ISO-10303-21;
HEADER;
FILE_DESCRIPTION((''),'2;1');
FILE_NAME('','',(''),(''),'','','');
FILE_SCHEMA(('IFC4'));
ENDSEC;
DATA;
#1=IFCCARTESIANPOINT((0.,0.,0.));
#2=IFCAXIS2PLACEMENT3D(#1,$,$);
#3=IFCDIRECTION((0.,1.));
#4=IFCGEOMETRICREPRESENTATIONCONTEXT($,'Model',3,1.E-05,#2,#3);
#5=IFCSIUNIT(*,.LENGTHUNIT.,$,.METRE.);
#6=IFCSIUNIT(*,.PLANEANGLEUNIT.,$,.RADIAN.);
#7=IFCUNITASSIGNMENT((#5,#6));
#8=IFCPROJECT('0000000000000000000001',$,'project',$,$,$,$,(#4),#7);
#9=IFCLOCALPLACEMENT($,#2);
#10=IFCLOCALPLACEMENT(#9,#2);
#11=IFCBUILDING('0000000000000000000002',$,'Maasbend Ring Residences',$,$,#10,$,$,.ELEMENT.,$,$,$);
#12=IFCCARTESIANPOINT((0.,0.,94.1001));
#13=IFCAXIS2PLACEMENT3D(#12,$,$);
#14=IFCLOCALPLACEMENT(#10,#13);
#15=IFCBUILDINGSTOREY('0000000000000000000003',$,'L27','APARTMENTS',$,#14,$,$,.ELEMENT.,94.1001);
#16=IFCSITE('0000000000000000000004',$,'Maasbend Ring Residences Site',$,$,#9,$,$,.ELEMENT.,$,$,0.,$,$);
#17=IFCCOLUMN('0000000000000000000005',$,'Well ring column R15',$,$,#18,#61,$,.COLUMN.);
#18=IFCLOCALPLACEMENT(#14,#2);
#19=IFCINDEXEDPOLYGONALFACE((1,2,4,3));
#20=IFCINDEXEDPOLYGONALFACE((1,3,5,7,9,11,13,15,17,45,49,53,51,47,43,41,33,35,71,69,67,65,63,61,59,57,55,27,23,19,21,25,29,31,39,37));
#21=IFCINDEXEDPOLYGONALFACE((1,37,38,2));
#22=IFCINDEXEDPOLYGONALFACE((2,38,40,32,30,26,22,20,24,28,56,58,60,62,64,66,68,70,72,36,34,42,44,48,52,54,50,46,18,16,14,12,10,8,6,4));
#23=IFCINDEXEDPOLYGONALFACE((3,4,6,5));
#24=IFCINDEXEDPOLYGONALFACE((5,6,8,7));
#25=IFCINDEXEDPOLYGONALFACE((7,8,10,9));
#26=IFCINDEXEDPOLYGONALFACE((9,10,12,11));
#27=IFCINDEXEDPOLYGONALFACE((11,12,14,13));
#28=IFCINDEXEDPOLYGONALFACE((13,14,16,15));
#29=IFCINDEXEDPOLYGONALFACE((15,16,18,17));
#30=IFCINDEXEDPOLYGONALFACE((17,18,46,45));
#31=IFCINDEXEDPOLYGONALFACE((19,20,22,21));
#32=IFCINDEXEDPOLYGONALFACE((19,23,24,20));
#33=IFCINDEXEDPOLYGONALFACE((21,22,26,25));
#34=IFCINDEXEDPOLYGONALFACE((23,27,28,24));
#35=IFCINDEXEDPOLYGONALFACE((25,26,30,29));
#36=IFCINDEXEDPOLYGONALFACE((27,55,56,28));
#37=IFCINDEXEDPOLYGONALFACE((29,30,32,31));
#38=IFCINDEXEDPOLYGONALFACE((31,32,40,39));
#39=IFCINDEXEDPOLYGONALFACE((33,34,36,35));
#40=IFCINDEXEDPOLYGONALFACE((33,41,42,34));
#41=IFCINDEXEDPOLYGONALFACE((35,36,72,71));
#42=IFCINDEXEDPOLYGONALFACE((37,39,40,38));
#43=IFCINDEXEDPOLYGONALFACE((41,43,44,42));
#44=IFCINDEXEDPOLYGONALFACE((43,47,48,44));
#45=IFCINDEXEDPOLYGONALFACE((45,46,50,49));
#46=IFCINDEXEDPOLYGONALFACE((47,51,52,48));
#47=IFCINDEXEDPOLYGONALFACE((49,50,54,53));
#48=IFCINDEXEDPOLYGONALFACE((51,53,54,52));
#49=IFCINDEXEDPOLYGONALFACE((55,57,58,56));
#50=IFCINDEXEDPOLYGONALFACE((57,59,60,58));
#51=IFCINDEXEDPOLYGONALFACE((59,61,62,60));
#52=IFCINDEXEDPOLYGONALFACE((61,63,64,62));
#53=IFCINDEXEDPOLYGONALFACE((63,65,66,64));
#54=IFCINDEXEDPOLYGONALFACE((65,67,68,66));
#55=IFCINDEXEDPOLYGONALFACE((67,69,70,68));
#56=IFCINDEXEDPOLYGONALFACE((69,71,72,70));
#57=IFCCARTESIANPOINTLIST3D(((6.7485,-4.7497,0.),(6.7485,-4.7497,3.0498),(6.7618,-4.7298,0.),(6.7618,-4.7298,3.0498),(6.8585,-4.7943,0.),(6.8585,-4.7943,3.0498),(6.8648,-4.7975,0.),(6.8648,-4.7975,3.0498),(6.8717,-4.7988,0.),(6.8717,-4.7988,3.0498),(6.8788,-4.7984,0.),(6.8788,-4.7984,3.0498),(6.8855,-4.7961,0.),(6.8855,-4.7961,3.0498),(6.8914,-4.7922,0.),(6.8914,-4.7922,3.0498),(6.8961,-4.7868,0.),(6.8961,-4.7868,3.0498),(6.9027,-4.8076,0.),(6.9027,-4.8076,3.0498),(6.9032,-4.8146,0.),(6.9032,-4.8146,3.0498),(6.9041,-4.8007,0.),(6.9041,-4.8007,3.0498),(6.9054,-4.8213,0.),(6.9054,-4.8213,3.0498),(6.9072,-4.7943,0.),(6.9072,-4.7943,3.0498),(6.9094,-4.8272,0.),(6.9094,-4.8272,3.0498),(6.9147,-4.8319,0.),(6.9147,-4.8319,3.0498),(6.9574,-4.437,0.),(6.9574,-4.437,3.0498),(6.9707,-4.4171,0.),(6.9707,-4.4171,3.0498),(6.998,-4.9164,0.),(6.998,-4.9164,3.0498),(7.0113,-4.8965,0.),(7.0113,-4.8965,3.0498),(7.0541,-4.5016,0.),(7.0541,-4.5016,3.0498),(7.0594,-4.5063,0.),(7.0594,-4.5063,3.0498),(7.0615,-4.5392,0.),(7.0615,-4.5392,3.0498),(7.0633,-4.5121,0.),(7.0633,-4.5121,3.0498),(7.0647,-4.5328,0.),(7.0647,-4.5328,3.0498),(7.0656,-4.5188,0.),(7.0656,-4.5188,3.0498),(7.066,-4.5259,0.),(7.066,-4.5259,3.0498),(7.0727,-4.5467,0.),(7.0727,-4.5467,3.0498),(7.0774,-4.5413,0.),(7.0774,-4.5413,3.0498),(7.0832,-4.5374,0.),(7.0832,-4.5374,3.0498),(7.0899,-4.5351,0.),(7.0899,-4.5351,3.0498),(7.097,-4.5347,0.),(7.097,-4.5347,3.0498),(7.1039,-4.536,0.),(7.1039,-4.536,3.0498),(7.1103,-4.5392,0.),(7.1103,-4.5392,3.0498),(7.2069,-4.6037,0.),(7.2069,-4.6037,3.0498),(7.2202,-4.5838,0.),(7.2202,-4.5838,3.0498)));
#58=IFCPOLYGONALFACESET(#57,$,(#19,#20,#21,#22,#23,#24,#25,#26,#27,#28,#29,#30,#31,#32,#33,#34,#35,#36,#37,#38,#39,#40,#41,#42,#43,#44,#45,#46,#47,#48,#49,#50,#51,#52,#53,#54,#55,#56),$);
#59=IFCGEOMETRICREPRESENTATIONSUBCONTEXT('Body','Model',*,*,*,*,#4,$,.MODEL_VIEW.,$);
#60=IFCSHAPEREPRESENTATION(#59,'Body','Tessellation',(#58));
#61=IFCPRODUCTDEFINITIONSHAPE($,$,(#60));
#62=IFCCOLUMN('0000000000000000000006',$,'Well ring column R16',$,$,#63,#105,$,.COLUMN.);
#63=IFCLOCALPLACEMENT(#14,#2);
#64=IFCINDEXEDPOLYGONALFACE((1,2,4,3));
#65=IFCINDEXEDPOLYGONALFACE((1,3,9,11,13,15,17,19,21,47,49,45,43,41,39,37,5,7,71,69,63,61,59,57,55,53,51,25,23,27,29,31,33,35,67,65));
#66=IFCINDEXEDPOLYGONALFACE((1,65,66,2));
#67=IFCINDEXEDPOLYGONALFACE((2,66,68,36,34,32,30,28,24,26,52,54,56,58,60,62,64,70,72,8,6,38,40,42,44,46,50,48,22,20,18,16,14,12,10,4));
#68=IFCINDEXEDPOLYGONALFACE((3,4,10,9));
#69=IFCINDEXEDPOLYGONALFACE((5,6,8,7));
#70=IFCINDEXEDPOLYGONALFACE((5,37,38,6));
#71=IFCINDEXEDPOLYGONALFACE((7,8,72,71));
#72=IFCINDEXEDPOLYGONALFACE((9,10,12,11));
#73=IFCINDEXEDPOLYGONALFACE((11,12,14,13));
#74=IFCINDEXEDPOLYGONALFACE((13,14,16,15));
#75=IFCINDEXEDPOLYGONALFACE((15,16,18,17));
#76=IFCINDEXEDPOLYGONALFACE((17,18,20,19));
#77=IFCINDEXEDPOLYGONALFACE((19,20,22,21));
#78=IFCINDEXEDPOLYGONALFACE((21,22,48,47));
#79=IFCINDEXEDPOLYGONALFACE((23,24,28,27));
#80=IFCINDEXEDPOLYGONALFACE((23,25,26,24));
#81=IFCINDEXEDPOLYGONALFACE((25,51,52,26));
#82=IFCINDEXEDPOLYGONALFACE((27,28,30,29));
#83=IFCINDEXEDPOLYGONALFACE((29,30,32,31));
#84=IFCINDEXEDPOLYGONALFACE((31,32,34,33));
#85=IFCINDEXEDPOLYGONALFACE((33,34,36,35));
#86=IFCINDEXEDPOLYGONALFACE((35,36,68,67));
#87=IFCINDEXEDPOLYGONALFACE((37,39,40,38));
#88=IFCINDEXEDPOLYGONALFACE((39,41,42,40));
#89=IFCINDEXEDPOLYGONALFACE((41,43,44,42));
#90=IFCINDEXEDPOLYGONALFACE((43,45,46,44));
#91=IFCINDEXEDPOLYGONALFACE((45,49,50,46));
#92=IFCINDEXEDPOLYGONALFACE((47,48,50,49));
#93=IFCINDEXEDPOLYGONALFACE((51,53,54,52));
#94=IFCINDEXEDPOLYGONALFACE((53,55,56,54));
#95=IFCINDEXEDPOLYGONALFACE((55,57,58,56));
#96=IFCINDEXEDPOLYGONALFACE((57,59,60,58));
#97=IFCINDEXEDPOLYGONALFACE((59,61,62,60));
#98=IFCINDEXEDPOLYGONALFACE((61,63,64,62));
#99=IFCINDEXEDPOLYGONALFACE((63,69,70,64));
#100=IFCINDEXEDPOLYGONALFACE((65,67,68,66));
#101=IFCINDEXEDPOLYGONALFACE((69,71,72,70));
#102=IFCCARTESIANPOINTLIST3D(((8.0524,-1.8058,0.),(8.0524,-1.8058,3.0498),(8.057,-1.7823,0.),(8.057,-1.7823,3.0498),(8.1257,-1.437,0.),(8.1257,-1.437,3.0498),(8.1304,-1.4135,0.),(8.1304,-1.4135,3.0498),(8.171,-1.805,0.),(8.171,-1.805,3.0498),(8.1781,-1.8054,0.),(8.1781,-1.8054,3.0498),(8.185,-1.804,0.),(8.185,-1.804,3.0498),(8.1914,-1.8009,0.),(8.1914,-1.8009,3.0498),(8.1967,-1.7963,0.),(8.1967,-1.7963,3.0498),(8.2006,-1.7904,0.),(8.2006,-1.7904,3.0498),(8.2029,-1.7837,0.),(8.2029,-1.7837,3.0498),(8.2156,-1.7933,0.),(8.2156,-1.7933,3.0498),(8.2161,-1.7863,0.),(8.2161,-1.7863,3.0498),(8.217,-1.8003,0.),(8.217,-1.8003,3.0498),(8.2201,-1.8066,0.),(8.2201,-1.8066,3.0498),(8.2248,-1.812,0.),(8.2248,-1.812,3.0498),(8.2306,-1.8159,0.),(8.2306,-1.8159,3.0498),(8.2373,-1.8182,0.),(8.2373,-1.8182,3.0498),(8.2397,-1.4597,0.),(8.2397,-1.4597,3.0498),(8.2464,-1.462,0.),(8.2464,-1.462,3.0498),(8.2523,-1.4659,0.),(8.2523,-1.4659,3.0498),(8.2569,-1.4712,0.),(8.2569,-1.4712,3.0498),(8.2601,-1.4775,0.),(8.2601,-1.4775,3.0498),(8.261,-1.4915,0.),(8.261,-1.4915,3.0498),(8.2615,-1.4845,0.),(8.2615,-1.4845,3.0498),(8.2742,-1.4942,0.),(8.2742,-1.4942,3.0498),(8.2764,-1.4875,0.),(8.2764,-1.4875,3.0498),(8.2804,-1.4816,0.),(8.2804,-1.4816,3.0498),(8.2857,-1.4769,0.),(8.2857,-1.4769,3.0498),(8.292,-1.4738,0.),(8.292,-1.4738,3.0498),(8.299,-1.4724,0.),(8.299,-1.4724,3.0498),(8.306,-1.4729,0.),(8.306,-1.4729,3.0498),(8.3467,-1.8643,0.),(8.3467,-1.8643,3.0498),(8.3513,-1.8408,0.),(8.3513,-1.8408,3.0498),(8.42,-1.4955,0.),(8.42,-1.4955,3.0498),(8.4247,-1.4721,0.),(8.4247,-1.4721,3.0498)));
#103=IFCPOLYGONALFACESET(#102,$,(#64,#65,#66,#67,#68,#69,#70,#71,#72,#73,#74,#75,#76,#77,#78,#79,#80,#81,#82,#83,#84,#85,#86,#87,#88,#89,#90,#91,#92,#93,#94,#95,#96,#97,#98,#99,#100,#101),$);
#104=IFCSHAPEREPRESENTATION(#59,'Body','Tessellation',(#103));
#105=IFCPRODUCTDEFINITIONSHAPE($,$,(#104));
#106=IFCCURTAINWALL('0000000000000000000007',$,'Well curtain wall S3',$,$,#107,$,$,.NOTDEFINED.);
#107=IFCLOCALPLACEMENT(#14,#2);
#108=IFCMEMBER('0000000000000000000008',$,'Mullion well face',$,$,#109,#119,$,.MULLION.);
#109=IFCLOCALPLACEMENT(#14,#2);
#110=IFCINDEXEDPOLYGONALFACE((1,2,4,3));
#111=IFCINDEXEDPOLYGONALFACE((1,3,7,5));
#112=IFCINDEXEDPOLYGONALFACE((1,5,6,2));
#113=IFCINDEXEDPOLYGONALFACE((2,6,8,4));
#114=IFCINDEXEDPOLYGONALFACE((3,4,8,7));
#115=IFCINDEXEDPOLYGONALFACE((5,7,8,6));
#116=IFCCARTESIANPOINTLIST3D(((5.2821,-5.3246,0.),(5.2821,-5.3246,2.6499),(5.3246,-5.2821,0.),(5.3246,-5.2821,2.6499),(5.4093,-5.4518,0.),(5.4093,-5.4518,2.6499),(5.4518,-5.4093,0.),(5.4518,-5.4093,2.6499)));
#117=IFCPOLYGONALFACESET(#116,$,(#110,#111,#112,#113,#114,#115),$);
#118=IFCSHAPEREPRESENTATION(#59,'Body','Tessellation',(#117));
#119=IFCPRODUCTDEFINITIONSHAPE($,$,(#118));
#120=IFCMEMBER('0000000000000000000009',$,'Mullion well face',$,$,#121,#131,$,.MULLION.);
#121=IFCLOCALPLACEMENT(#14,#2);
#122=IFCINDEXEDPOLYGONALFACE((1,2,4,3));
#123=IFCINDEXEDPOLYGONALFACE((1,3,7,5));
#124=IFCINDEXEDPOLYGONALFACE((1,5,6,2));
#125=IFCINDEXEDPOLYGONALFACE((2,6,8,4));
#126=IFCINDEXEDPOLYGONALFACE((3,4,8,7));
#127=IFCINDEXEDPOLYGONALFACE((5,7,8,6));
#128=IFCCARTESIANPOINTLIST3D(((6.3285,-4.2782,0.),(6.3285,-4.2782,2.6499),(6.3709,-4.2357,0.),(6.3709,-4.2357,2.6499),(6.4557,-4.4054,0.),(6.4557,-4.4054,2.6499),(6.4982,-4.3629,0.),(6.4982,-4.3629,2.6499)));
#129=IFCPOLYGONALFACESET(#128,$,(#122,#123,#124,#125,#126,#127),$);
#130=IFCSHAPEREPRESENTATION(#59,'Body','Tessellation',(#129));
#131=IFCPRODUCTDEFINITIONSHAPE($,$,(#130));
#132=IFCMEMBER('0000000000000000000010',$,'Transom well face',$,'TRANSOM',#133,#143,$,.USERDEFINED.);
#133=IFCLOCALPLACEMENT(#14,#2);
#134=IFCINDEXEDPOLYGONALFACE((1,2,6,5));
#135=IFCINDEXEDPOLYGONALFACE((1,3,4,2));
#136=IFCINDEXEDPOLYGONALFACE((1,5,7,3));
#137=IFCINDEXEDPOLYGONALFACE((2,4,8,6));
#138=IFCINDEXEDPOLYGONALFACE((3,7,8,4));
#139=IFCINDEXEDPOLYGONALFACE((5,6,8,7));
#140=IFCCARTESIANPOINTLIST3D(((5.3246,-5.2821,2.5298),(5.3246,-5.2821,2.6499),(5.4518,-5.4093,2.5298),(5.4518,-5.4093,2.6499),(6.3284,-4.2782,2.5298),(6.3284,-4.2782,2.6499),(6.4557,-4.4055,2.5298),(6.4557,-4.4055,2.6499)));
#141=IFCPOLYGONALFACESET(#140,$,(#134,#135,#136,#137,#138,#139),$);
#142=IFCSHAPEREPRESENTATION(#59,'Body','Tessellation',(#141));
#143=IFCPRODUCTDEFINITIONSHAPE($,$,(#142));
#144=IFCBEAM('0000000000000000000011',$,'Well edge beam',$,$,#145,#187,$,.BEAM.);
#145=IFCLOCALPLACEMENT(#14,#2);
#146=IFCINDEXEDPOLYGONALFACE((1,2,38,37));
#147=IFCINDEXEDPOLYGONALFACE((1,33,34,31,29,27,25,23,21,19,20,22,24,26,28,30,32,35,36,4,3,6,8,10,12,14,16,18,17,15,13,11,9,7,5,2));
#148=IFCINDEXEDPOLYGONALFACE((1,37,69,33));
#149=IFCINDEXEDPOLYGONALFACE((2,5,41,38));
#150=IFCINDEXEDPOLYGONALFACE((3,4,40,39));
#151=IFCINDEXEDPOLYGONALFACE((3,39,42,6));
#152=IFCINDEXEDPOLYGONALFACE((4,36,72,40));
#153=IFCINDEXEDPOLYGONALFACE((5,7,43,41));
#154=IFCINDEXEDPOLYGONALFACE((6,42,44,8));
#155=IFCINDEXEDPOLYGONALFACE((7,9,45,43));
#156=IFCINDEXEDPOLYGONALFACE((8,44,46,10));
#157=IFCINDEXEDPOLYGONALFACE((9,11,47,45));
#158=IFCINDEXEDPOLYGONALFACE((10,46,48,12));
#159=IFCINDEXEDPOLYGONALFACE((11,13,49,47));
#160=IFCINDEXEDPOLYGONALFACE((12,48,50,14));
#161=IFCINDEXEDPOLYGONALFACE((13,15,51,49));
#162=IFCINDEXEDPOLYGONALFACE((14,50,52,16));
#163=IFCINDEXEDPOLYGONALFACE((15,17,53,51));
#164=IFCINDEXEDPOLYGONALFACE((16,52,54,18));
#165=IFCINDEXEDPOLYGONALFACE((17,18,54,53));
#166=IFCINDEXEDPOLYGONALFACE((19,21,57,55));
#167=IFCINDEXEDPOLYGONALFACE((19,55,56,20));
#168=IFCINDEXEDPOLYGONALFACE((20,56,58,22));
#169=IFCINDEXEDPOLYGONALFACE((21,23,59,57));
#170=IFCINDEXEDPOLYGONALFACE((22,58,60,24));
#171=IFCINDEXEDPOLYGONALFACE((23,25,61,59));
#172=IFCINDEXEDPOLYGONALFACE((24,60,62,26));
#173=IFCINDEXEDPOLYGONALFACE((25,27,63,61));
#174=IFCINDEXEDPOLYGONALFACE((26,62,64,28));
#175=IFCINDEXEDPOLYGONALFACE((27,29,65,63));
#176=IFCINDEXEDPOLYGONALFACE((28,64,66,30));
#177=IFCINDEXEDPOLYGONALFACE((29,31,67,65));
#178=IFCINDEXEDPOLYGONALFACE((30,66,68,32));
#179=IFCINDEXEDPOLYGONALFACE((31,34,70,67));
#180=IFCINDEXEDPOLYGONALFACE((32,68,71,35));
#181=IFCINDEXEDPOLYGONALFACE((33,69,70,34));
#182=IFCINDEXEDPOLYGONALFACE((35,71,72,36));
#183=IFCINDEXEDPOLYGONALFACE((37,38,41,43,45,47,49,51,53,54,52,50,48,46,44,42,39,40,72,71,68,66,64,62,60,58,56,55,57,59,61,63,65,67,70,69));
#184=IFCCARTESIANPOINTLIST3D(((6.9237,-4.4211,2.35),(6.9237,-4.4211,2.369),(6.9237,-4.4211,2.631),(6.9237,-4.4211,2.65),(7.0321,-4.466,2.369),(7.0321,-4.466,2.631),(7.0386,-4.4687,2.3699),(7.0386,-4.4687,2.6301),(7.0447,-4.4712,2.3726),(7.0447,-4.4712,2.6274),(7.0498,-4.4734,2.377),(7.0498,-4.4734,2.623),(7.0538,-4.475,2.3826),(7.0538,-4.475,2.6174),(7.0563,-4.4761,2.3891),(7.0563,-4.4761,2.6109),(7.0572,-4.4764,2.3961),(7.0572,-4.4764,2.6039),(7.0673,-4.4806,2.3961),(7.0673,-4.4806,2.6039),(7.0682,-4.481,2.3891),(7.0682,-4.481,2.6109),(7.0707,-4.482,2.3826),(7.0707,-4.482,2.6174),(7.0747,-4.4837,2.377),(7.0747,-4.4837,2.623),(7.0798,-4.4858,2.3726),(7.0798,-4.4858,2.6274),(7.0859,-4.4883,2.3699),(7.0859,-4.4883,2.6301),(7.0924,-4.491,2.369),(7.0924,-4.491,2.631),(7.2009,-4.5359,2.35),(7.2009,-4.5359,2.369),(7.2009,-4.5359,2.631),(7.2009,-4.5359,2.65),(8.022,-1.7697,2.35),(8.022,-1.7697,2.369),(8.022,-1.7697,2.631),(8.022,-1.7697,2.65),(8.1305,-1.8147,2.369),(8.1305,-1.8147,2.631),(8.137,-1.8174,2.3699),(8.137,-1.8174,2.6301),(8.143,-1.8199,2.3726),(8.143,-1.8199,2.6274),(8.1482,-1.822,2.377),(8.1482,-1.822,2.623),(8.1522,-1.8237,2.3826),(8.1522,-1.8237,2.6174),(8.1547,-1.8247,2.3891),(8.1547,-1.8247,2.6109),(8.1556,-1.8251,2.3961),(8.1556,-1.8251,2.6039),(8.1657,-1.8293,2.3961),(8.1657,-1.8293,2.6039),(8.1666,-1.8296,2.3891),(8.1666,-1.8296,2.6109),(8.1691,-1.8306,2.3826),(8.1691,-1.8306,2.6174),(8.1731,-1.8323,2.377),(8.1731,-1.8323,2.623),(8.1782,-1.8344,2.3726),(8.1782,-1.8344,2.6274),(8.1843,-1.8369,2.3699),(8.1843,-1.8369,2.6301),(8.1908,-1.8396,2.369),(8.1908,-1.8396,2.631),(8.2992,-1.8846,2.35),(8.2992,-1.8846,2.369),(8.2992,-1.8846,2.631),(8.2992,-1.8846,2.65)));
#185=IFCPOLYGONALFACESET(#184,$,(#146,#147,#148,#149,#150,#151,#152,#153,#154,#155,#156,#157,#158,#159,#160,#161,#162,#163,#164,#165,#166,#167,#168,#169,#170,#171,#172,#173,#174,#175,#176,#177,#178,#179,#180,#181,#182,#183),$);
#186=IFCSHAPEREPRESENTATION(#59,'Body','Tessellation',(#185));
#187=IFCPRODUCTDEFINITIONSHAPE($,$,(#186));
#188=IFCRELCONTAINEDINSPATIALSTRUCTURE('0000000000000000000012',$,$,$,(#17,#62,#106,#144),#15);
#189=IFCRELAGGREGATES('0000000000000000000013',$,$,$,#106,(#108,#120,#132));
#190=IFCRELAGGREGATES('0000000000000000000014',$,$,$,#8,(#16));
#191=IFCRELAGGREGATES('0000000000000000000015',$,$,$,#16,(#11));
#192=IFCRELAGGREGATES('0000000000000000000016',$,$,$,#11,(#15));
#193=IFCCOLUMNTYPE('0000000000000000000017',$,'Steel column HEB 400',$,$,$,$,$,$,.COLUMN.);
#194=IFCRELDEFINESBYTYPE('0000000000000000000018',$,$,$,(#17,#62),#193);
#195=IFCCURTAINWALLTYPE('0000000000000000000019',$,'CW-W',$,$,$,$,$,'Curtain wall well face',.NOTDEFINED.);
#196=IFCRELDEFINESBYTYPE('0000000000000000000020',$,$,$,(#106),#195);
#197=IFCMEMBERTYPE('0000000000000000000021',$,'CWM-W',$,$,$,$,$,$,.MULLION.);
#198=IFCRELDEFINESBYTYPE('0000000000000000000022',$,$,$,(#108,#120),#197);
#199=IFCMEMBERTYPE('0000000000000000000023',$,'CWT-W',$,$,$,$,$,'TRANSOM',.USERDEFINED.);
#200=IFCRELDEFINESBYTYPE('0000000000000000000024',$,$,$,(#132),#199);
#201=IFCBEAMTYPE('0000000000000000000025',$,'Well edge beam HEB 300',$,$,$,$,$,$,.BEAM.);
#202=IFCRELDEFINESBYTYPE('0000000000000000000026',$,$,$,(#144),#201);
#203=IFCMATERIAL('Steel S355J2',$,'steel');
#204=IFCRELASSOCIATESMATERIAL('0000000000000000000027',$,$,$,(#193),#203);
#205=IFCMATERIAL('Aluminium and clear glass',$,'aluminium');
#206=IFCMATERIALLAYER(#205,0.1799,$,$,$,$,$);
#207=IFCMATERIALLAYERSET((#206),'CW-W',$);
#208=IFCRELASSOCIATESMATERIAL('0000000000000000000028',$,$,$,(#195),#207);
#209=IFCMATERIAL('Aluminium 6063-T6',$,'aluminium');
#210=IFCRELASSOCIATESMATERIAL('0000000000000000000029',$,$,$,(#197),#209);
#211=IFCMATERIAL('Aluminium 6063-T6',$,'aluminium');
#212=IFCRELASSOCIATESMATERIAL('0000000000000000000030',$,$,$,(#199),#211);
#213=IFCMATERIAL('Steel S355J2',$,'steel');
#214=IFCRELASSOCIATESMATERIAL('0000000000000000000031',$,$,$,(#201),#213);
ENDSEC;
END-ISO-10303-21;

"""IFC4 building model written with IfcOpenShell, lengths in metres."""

from ifc_helpers import new_model, si_unit, direction, frame, origin, origin_2d, place, context, subcontext, project, spatial, rectangle, i_section, extrude, material, layer, layer_set, material_profile, profile_set, type_object, element, aggregate, save


model = new_model("IFC4")

# Units and contexts
model_context = context("Model", 3, precision=1e-05, world=origin(), true_north=direction((0.0, 1.0)))
body_context = subcontext(model_context, "Body", "Model", "MODEL_VIEW")
ifc_project = project(units=[si_unit("LENGTHUNIT", "METRE"), si_unit("PLANEANGLEUNIT", "RADIAN")], contexts=[model_context])

# Site, building, storey
site_placement = place(None, origin())
site = spatial("IfcSite", under=ifc_project, at=site_placement, Name="Maasbend Ring Residences Site", CompositionType="ELEMENT", RefElevation=0.0)
building_placement = place(site_placement, origin())
building = spatial("IfcBuilding", under=site, at=building_placement, Name="Maasbend Ring Residences", CompositionType="ELEMENT")
storey_placement = place(building_placement, frame((0.0, 0.0, 94.1001)))
storey = spatial("IfcBuildingStorey", under=building, at=storey_placement, Name="L27", Description="APARTMENTS", CompositionType="ELEMENT", Elevation=94.1001)

# Columns
ifc_material_1 = material(Name="Steel S355J2", Category="steel")
ifc_material_profile_1 = material_profile(ifc_material_1, i_section(OverallWidth=0.3, OverallDepth=0.3999, WebThickness=0.0134, FlangeThickness=0.0239, FilletRadius=0.0271, at=origin_2d()), Name="HEB 400")
ifc_profile_set_1 = profile_set([ifc_material_profile_1], Name="Steel S355J2")
column_type = type_object("IfcColumnType", Name="Steel column HEB 400", PredefinedType="COLUMN", material=ifc_profile_set_1)
for number, where, z_axis, x_axis, name in (
    (1, (6.9844, -4.6667, 0.0), (0.0, 0.0, 1.0), (0.83147, -0.55557, 0.0), "Well ring column R15"),
    (2, (8.2385, -1.6389, 0.0), (0.0, 0.0, 1.0), (0.980785, -0.19509, 0.0), "Well ring column R16"),
):
    element("IfcColumn", number, at=place(storey_placement, frame(where, z_axis=z_axis, x_axis=x_axis)), inside=storey, type_object=column_type, Name=name, PredefinedType="COLUMN", context=body_context, shape_type="SweptSolid", body=[
        extrude(i_section(OverallWidth=0.3, OverallDepth=0.3999, WebThickness=0.0134, FlangeThickness=0.0239, FilletRadius=0.0271, at=origin_2d()), origin(), (0.0, 0.0, 1.0), 3.0498),
    ])

# Curtain wall, members
ifc_material_2 = material(Name="Aluminium and clear glass", Category="aluminium")
ifc_layer_1 = layer(ifc_material_2, 0.1799)
ifc_layer_set_1 = layer_set([ifc_layer_1], Name="CW-W")
curtain_wall_type = type_object("IfcCurtainWallType", Name="CW-W", ElementType="Curtain wall well face", PredefinedType="NOTDEFINED", material=ifc_layer_set_1)
curtain_wall_placement = place(storey_placement, origin())
curtain_wall = element("IfcCurtainWall", 3, at=curtain_wall_placement, inside=storey, type_object=curtain_wall_type, Name="Well curtain wall S3", PredefinedType="NOTDEFINED")
ifc_material_3 = material(Name="Aluminium 6063-T6", Category="aluminium")
ifc_material_profile_2 = material_profile(ifc_material_3, rectangle(XDim=0.1799, YDim=0.0601, at=origin_2d()), Name="AL 180x60")
ifc_profile_set_2 = profile_set([ifc_material_profile_2], Name="Aluminium 6063-T6")
member_type_1 = type_object("IfcMemberType", Name="CWM-W", PredefinedType="MULLION", material=ifc_profile_set_2)
member_1_placement = place(storey_placement, frame((5.3669, -5.3669, 0.0), z_axis=(0.0, 0.0, 1.0), x_axis=(-0.707107, 0.707107, 0.0)))
member_1 = element("IfcMember", 4, at=member_1_placement, type_object=member_type_1, Name="Mullion well face", PredefinedType="MULLION", context=body_context, shape_type="SweptSolid", body=[
    extrude(rectangle(XDim=0.1799, YDim=0.0601, at=origin_2d()), origin(), (0.0, 0.0, 1.0), 2.6499),
])
member_2_placement = place(storey_placement, frame((6.4133, -4.3206, 0.0), z_axis=(0.0, 0.0, 1.0), x_axis=(-0.707107, 0.707107, 0.0)))
member_2 = element("IfcMember", 5, at=member_2_placement, type_object=member_type_1, Name="Mullion well face", PredefinedType="MULLION", context=body_context, shape_type="SweptSolid", body=[
    extrude(rectangle(XDim=0.1799, YDim=0.0601, at=origin_2d()), origin(), (0.0, 0.0, 1.0), 2.6499),
])
ifc_material_4 = material(Name="Aluminium 6063-T6", Category="aluminium")
ifc_material_profile_3 = material_profile(ifc_material_4, rectangle(XDim=0.1799, YDim=0.1201, at=origin_2d()), Name="AL 180x120")
ifc_profile_set_3 = profile_set([ifc_material_profile_3], Name="Aluminium 6063-T6")
member_type_2 = type_object("IfcMemberType", Name="CWT-W", ElementType="TRANSOM", PredefinedType="USERDEFINED", material=ifc_profile_set_3)
member_3_placement = place(storey_placement, frame((5.3882, -5.3457, 2.5898), z_axis=(0.707107, 0.707107, 0.0), x_axis=(-0.707107, 0.707107, 0.0)))
member_3 = element("IfcMember", 6, at=member_3_placement, type_object=member_type_2, Name="Transom well face", ObjectType="TRANSOM", PredefinedType="USERDEFINED", context=body_context, shape_type="SweptSolid", body=[
    extrude(rectangle(XDim=0.1799, YDim=0.1201, at=origin_2d()), origin(), (0.0, 0.0, 1.0), 1.4197),
])

# Beam
ifc_material_5 = material(Name="Steel S355J2", Category="steel")
ifc_material_profile_4 = material_profile(ifc_material_5, i_section(OverallWidth=0.3, OverallDepth=0.3, WebThickness=0.011, FlangeThickness=0.019, FilletRadius=0.0271, at=origin_2d()), Name="HEB 300")
ifc_profile_set_4 = profile_set([ifc_material_profile_4], Name="Steel S355J2")
beam_type = type_object("IfcBeamType", Name="Well edge beam HEB 300", PredefinedType="BEAM", material=ifc_profile_set_4)
beam_1_placement = place(storey_placement, frame((7.0623, -4.4785, 2.5), z_axis=(0.38273, 0.92386, 0.0), x_axis=(-0.92386, 0.38273, 0.0)))
element("IfcBeam", 7, at=beam_1_placement, inside=storey, type_object=beam_type, Name="Well edge beam", PredefinedType="BEAM", context=body_context, shape_type="SweptSolid", body=[
    extrude(i_section(OverallWidth=0.3, OverallDepth=0.3, WebThickness=0.011, FlangeThickness=0.019, FilletRadius=0.0271, at=origin_2d()), origin(), (0.0, 0.0, 1.0), 2.8699),
])

aggregate(curtain_wall, [member_1, member_2, member_3])

save(model, "model.ifc")
